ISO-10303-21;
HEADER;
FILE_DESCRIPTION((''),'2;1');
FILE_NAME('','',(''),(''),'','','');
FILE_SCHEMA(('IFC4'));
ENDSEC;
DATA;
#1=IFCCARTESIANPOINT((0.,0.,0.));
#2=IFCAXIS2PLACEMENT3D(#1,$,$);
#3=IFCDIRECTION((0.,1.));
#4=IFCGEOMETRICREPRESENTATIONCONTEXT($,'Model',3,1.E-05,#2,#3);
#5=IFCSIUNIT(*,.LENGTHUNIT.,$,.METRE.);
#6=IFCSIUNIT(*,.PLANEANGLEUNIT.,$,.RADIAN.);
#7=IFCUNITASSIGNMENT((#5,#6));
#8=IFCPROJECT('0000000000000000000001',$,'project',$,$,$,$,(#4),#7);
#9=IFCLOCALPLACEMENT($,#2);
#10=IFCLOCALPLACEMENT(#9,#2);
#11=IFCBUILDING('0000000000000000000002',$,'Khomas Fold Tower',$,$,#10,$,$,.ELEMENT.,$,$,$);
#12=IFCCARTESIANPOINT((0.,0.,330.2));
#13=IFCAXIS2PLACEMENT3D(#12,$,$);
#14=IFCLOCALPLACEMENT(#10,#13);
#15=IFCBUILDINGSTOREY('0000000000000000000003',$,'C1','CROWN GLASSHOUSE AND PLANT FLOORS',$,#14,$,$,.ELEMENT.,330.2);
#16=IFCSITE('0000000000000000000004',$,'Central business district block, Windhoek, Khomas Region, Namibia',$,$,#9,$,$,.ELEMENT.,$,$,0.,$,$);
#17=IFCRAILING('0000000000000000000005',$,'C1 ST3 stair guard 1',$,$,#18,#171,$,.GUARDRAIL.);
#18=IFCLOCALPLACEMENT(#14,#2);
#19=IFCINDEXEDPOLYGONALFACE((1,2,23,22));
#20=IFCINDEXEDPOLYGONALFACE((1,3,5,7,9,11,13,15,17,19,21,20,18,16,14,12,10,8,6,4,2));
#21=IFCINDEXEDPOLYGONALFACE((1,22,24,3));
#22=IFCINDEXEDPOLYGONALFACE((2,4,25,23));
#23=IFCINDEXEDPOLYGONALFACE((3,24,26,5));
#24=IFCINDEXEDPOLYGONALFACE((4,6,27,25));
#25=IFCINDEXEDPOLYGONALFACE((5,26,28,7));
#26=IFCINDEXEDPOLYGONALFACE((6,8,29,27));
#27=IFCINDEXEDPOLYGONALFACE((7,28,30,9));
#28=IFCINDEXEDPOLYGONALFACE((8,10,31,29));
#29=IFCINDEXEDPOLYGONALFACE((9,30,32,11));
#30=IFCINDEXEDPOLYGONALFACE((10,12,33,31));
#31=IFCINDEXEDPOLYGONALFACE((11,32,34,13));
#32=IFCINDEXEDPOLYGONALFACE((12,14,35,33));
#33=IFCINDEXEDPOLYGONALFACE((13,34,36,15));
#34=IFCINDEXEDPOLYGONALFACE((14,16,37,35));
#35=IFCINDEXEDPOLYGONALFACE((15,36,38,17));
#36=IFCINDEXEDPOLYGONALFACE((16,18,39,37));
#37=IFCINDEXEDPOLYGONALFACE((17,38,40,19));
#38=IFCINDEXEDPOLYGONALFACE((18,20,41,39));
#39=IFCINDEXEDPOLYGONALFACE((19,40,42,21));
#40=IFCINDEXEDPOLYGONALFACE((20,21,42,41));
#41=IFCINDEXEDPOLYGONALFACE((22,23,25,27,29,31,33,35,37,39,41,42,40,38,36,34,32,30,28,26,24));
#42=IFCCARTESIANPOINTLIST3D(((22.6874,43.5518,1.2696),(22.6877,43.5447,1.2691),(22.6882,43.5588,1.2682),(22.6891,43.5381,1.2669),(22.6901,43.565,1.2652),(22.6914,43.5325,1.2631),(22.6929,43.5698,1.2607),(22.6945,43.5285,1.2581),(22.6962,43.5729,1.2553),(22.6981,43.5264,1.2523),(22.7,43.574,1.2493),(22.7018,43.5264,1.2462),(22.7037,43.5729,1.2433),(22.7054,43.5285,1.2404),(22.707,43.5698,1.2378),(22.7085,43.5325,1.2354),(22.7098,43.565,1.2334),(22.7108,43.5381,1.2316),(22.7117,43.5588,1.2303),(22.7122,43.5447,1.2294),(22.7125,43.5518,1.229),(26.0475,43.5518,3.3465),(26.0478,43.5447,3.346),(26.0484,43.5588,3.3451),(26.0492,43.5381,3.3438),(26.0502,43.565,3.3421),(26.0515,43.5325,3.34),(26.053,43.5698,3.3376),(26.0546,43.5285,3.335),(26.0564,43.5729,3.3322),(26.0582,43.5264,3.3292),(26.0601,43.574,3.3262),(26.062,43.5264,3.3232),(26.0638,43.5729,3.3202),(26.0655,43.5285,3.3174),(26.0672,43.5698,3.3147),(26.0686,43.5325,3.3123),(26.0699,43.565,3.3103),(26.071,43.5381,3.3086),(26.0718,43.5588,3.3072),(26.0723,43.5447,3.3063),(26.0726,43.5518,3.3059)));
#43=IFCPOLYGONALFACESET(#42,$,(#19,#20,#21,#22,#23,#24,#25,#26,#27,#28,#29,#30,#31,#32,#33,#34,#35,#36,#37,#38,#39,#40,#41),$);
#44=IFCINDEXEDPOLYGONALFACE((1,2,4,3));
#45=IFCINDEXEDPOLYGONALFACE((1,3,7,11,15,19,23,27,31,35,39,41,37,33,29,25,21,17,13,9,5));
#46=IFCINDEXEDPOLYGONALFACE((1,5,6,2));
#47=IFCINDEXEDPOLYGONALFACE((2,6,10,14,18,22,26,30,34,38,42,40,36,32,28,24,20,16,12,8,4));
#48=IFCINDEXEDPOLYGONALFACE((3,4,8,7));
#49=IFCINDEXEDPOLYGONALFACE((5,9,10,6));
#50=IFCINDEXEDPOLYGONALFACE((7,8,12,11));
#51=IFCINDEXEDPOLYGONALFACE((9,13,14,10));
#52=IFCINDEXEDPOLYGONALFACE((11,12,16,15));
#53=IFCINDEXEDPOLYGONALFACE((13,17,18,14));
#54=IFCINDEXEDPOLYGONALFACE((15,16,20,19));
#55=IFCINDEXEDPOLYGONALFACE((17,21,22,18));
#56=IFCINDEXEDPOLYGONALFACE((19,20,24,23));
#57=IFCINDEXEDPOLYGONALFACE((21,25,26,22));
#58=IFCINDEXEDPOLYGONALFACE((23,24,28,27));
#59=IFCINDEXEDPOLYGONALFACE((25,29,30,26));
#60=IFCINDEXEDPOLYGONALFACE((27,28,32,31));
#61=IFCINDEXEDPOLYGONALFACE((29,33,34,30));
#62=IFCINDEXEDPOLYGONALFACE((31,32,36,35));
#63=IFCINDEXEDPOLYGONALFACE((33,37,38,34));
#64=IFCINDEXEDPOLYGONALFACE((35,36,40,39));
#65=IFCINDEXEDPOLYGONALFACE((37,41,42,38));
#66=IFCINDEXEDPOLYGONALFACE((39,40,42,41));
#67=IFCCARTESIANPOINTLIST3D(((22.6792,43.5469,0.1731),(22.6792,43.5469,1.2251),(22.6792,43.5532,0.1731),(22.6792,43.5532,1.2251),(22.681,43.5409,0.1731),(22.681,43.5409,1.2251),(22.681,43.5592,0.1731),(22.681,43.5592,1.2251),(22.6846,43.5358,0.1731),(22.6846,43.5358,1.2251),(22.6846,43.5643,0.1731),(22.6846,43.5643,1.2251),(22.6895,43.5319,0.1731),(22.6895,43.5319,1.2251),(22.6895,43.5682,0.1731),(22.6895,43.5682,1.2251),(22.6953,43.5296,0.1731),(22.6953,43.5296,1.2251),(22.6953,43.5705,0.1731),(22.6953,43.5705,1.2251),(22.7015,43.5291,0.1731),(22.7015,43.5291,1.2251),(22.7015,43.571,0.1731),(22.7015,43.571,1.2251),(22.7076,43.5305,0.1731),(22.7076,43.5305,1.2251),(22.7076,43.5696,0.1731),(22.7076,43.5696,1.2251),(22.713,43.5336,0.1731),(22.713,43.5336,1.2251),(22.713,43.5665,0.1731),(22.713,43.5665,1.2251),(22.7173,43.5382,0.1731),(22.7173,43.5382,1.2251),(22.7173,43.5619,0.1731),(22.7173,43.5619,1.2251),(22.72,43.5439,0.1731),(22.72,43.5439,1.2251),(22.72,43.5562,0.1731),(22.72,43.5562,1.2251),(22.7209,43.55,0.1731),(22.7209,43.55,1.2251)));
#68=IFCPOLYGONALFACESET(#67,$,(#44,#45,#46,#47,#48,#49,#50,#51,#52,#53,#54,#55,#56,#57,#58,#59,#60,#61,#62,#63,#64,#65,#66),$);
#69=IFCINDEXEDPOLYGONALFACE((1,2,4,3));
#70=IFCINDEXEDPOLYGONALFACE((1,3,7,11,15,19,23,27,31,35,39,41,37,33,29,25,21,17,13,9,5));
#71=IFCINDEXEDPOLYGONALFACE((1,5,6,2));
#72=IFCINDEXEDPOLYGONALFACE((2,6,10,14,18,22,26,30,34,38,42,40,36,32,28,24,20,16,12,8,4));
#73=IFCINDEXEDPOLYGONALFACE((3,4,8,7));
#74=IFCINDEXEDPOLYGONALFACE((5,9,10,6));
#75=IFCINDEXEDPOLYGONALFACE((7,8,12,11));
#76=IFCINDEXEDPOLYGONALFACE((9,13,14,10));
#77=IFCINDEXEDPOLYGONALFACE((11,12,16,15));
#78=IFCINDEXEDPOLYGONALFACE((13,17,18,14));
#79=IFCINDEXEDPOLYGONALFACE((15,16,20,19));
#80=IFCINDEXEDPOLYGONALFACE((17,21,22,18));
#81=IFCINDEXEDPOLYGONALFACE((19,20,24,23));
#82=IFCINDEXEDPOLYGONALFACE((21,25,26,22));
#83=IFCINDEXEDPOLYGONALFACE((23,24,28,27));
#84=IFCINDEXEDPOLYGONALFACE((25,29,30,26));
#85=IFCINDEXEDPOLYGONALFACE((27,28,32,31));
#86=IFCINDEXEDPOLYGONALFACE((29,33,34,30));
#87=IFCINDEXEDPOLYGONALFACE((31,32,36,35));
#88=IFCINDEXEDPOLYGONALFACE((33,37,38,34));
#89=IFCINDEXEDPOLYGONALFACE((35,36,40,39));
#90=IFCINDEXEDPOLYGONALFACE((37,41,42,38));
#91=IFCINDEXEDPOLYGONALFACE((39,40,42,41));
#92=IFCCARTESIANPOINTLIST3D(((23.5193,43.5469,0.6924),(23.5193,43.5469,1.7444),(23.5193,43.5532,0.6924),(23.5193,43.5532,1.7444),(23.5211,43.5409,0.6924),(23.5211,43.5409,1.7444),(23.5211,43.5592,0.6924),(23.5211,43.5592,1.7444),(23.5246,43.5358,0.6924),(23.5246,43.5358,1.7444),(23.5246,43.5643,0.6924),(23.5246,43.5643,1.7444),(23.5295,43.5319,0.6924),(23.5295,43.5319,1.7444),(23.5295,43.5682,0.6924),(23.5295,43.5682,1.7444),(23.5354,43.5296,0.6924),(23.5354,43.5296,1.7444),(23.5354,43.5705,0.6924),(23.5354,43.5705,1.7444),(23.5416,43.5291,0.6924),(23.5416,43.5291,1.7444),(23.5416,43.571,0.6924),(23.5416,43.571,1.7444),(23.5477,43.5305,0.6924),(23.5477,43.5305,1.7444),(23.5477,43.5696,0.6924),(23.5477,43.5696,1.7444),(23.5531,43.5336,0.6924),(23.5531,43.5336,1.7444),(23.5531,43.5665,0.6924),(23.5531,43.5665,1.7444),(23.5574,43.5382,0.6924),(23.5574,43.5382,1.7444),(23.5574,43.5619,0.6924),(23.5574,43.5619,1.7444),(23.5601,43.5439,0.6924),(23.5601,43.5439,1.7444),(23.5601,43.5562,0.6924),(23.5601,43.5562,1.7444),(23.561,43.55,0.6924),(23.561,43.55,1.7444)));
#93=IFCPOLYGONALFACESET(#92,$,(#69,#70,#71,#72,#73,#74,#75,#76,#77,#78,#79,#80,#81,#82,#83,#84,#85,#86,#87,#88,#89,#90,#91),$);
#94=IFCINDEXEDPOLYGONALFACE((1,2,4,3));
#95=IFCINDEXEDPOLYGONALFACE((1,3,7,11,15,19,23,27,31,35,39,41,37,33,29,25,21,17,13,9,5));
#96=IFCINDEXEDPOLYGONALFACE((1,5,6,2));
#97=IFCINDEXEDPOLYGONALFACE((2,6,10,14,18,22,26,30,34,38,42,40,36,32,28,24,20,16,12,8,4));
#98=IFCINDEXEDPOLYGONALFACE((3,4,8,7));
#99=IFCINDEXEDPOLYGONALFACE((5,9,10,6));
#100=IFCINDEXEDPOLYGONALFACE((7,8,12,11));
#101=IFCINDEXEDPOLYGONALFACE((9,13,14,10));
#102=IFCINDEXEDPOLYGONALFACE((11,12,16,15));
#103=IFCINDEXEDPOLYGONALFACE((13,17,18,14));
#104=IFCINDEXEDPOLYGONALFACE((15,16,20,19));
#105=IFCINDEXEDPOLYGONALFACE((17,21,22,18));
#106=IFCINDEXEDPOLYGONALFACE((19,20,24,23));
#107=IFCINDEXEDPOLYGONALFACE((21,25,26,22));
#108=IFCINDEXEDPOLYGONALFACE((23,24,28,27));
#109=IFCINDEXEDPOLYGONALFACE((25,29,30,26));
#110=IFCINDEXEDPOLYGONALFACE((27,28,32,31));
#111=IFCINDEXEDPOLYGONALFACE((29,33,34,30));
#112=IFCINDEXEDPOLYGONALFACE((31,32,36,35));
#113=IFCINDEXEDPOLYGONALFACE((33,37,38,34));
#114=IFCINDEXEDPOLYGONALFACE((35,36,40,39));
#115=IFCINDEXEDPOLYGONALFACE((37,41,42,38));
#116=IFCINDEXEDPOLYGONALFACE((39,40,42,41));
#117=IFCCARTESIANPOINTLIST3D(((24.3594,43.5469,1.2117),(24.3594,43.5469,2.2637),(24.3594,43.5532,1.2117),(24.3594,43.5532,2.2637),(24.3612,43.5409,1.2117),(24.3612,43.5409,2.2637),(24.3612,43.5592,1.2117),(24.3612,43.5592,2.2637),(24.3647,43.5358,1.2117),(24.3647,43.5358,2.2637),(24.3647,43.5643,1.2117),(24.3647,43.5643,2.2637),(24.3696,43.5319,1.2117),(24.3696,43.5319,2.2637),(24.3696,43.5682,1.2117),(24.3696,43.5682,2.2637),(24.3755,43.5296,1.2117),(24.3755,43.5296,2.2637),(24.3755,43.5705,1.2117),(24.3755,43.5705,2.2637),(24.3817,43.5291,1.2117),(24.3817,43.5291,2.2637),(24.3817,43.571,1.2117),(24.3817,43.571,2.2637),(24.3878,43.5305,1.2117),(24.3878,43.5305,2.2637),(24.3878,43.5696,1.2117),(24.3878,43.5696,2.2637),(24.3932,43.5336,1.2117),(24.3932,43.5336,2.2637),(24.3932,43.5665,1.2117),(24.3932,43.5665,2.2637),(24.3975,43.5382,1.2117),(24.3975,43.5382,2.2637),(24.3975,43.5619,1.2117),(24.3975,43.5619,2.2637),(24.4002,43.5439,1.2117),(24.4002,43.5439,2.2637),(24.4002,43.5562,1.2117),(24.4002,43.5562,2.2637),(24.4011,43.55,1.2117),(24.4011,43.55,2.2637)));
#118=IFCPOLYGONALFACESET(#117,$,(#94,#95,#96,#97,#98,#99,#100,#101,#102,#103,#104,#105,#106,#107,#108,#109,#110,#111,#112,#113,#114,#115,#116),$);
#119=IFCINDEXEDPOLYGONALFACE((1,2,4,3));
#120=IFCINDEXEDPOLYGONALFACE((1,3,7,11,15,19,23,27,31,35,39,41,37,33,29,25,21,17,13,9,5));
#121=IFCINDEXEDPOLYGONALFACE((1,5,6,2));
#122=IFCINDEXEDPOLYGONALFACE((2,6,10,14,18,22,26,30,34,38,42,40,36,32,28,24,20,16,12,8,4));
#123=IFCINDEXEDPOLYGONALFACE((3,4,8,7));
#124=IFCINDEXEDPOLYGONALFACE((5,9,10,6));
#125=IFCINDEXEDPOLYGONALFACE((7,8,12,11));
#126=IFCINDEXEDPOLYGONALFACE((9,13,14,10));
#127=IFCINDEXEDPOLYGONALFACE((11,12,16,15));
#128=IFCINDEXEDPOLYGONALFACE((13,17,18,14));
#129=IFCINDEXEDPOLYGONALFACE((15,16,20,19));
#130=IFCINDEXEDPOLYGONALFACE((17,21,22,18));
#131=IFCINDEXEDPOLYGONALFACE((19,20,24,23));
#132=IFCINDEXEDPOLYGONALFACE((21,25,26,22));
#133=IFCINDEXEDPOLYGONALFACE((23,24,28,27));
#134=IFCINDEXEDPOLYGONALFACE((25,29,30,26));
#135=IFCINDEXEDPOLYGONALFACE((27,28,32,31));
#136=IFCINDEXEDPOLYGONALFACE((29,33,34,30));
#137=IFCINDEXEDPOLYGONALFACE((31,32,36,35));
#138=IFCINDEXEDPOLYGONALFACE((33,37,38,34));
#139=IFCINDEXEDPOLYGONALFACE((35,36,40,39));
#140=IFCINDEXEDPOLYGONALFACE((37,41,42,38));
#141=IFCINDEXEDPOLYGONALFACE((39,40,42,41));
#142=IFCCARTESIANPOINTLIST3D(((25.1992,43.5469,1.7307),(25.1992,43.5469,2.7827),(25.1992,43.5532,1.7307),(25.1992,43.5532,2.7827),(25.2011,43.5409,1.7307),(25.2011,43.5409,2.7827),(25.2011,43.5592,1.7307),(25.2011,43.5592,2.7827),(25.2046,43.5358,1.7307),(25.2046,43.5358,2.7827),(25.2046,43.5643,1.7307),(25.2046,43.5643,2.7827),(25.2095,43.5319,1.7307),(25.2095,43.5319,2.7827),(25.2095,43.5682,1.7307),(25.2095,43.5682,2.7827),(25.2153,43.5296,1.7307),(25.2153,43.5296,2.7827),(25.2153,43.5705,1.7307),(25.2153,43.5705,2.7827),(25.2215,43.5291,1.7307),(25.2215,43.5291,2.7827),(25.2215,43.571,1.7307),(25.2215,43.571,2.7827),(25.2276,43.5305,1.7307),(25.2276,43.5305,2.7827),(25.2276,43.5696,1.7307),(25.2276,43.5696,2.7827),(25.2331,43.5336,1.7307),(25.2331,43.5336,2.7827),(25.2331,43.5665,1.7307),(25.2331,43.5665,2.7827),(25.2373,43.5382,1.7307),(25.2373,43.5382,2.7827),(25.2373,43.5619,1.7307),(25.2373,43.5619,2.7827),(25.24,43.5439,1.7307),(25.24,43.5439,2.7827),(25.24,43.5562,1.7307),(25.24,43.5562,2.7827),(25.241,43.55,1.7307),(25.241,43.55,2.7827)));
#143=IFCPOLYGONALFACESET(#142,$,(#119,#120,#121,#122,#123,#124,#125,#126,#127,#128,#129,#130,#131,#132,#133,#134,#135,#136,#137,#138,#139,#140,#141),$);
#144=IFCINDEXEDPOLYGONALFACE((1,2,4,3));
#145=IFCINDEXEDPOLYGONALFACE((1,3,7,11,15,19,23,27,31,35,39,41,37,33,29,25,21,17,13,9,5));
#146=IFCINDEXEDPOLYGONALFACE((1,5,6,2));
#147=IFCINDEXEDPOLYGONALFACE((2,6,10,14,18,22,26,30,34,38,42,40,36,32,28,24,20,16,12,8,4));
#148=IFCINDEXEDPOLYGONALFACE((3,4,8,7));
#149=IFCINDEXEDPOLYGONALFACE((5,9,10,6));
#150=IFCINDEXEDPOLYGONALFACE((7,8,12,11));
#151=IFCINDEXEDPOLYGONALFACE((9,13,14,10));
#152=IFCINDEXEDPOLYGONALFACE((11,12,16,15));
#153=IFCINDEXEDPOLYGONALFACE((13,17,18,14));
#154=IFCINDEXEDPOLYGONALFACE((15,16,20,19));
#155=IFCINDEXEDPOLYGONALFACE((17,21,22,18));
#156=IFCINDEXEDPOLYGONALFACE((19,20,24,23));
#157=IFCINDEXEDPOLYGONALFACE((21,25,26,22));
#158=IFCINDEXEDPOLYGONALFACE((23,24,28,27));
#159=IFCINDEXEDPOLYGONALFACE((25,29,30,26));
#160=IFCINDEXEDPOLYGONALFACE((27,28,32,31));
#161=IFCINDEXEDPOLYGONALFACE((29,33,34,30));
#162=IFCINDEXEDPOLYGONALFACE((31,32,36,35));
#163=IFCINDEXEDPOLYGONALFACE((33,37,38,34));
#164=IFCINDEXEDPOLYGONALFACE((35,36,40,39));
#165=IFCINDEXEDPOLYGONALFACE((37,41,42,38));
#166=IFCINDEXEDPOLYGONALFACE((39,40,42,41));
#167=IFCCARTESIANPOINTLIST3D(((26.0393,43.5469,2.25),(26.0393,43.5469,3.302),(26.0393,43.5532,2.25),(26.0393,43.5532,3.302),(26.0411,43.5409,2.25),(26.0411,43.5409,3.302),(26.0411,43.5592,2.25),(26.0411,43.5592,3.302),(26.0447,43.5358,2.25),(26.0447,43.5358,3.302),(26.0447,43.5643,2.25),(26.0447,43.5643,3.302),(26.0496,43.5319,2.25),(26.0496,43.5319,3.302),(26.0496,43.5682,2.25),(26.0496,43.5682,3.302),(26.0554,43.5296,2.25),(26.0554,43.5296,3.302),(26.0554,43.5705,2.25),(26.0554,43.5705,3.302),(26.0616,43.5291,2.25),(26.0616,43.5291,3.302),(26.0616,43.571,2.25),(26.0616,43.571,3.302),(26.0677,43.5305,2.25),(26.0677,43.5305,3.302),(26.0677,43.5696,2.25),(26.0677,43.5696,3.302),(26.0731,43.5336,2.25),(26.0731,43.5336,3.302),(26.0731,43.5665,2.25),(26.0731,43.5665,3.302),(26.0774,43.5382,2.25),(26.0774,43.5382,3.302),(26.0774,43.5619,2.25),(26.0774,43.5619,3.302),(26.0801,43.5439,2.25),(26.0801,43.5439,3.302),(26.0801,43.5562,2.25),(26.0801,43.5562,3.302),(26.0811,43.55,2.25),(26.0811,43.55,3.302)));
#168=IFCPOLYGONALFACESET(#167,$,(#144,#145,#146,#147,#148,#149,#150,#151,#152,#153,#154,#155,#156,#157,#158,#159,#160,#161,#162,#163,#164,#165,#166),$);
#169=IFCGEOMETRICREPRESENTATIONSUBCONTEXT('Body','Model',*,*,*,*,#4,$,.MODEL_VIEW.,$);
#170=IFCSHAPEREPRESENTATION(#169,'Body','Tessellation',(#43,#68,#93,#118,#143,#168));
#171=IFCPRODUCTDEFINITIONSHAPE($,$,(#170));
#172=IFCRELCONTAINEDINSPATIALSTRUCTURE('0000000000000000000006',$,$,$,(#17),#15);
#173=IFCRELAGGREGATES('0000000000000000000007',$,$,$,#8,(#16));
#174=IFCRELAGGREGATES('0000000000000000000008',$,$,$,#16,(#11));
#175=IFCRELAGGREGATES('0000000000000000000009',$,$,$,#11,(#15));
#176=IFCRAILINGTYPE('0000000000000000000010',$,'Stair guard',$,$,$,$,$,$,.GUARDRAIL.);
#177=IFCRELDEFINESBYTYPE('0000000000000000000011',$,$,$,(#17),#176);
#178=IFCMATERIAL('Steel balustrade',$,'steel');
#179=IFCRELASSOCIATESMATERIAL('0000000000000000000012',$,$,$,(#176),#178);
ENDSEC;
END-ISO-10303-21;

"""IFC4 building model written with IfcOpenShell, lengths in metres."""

from ifc_helpers import new_model, si_unit, direction, frame, origin, origin_2d, place, context, subcontext, project, spatial, circle, extrude, source, transform, mapped, material, type_object, element, save


model = new_model("IFC4")

# Units and contexts
model_context = context("Model", 3, precision=1e-05, world=origin(), true_north=direction((0.0, 1.0)))
body_context = subcontext(model_context, "Body", "Model", "MODEL_VIEW")
ifc_project = project(units=[si_unit("LENGTHUNIT", "METRE"), si_unit("PLANEANGLEUNIT", "RADIAN")], contexts=[model_context])

# Site, building, storey
site_placement = place(None, origin())
site = spatial("IfcSite", under=ifc_project, at=site_placement, Name="Central business district block, Windhoek, Khomas Region, Namibia", CompositionType="ELEMENT", RefElevation=0.0)
building_placement = place(site_placement, origin())
building = spatial("IfcBuilding", under=site, at=building_placement, Name="Khomas Fold Tower", CompositionType="ELEMENT")
storey_placement = place(building_placement, frame((0.0, 0.0, 330.2)))
storey = spatial("IfcBuildingStorey", under=building, at=storey_placement, Name="C1", Description="CROWN GLASSHOUSE AND PLANT FLOORS", CompositionType="ELEMENT", Elevation=330.2)

# Railing
ifc_material_1 = material(Name="Steel balustrade", Category="steel")
railing_type_1 = type_object("IfcRailingType", Name="Stair guard", PredefinedType="GUARDRAIL", material=ifc_material_1)
shared_shape_1 = source(origin(), body_context, "Body", "SweptSolid", [
    extrude(circle(Radius=0.0239, at=origin_2d()), frame((0.0, 0.0, 1.0762), z_axis=(0.850623, 0.0, 0.525776), x_axis=(0.0, 1.0, 0.0)), (0.0, 0.0, 1.0), 3.9502),
    extrude(circle(Radius=0.021, at=origin_2d()), origin(), (0.0, 0.0, 1.0), 1.052),
    extrude(circle(Radius=0.021, at=origin_2d()), frame((0.8401, 0.0, 0.5193)), (0.0, 0.0, 1.0), 1.052),
    extrude(circle(Radius=0.021, at=origin_2d()), frame((1.6802, 0.0, 1.0386)), (0.0, 0.0, 1.0), 1.052),
    extrude(circle(Radius=0.021, at=origin_2d()), frame((2.52, 0.0, 1.5576)), (0.0, 0.0, 1.0), 1.052),
    extrude(circle(Radius=0.021, at=origin_2d()), frame((3.3601, 0.0, 2.0769)), (0.0, 0.0, 1.0), 1.052),
])
railing_1_placement = place(storey_placement, frame((22.7, 43.55, 0.1731)))
element("IfcRailing", 1, at=railing_1_placement, inside=storey, type_object=railing_type_1, Name="C1 ST3 stair guard 1", PredefinedType="GUARDRAIL", context=body_context, shape_type="MappedRepresentation", body=[
    mapped(shared_shape_1, transform((0.0, 0.0, 0.0))),
])

save(model, "model.ifc")
